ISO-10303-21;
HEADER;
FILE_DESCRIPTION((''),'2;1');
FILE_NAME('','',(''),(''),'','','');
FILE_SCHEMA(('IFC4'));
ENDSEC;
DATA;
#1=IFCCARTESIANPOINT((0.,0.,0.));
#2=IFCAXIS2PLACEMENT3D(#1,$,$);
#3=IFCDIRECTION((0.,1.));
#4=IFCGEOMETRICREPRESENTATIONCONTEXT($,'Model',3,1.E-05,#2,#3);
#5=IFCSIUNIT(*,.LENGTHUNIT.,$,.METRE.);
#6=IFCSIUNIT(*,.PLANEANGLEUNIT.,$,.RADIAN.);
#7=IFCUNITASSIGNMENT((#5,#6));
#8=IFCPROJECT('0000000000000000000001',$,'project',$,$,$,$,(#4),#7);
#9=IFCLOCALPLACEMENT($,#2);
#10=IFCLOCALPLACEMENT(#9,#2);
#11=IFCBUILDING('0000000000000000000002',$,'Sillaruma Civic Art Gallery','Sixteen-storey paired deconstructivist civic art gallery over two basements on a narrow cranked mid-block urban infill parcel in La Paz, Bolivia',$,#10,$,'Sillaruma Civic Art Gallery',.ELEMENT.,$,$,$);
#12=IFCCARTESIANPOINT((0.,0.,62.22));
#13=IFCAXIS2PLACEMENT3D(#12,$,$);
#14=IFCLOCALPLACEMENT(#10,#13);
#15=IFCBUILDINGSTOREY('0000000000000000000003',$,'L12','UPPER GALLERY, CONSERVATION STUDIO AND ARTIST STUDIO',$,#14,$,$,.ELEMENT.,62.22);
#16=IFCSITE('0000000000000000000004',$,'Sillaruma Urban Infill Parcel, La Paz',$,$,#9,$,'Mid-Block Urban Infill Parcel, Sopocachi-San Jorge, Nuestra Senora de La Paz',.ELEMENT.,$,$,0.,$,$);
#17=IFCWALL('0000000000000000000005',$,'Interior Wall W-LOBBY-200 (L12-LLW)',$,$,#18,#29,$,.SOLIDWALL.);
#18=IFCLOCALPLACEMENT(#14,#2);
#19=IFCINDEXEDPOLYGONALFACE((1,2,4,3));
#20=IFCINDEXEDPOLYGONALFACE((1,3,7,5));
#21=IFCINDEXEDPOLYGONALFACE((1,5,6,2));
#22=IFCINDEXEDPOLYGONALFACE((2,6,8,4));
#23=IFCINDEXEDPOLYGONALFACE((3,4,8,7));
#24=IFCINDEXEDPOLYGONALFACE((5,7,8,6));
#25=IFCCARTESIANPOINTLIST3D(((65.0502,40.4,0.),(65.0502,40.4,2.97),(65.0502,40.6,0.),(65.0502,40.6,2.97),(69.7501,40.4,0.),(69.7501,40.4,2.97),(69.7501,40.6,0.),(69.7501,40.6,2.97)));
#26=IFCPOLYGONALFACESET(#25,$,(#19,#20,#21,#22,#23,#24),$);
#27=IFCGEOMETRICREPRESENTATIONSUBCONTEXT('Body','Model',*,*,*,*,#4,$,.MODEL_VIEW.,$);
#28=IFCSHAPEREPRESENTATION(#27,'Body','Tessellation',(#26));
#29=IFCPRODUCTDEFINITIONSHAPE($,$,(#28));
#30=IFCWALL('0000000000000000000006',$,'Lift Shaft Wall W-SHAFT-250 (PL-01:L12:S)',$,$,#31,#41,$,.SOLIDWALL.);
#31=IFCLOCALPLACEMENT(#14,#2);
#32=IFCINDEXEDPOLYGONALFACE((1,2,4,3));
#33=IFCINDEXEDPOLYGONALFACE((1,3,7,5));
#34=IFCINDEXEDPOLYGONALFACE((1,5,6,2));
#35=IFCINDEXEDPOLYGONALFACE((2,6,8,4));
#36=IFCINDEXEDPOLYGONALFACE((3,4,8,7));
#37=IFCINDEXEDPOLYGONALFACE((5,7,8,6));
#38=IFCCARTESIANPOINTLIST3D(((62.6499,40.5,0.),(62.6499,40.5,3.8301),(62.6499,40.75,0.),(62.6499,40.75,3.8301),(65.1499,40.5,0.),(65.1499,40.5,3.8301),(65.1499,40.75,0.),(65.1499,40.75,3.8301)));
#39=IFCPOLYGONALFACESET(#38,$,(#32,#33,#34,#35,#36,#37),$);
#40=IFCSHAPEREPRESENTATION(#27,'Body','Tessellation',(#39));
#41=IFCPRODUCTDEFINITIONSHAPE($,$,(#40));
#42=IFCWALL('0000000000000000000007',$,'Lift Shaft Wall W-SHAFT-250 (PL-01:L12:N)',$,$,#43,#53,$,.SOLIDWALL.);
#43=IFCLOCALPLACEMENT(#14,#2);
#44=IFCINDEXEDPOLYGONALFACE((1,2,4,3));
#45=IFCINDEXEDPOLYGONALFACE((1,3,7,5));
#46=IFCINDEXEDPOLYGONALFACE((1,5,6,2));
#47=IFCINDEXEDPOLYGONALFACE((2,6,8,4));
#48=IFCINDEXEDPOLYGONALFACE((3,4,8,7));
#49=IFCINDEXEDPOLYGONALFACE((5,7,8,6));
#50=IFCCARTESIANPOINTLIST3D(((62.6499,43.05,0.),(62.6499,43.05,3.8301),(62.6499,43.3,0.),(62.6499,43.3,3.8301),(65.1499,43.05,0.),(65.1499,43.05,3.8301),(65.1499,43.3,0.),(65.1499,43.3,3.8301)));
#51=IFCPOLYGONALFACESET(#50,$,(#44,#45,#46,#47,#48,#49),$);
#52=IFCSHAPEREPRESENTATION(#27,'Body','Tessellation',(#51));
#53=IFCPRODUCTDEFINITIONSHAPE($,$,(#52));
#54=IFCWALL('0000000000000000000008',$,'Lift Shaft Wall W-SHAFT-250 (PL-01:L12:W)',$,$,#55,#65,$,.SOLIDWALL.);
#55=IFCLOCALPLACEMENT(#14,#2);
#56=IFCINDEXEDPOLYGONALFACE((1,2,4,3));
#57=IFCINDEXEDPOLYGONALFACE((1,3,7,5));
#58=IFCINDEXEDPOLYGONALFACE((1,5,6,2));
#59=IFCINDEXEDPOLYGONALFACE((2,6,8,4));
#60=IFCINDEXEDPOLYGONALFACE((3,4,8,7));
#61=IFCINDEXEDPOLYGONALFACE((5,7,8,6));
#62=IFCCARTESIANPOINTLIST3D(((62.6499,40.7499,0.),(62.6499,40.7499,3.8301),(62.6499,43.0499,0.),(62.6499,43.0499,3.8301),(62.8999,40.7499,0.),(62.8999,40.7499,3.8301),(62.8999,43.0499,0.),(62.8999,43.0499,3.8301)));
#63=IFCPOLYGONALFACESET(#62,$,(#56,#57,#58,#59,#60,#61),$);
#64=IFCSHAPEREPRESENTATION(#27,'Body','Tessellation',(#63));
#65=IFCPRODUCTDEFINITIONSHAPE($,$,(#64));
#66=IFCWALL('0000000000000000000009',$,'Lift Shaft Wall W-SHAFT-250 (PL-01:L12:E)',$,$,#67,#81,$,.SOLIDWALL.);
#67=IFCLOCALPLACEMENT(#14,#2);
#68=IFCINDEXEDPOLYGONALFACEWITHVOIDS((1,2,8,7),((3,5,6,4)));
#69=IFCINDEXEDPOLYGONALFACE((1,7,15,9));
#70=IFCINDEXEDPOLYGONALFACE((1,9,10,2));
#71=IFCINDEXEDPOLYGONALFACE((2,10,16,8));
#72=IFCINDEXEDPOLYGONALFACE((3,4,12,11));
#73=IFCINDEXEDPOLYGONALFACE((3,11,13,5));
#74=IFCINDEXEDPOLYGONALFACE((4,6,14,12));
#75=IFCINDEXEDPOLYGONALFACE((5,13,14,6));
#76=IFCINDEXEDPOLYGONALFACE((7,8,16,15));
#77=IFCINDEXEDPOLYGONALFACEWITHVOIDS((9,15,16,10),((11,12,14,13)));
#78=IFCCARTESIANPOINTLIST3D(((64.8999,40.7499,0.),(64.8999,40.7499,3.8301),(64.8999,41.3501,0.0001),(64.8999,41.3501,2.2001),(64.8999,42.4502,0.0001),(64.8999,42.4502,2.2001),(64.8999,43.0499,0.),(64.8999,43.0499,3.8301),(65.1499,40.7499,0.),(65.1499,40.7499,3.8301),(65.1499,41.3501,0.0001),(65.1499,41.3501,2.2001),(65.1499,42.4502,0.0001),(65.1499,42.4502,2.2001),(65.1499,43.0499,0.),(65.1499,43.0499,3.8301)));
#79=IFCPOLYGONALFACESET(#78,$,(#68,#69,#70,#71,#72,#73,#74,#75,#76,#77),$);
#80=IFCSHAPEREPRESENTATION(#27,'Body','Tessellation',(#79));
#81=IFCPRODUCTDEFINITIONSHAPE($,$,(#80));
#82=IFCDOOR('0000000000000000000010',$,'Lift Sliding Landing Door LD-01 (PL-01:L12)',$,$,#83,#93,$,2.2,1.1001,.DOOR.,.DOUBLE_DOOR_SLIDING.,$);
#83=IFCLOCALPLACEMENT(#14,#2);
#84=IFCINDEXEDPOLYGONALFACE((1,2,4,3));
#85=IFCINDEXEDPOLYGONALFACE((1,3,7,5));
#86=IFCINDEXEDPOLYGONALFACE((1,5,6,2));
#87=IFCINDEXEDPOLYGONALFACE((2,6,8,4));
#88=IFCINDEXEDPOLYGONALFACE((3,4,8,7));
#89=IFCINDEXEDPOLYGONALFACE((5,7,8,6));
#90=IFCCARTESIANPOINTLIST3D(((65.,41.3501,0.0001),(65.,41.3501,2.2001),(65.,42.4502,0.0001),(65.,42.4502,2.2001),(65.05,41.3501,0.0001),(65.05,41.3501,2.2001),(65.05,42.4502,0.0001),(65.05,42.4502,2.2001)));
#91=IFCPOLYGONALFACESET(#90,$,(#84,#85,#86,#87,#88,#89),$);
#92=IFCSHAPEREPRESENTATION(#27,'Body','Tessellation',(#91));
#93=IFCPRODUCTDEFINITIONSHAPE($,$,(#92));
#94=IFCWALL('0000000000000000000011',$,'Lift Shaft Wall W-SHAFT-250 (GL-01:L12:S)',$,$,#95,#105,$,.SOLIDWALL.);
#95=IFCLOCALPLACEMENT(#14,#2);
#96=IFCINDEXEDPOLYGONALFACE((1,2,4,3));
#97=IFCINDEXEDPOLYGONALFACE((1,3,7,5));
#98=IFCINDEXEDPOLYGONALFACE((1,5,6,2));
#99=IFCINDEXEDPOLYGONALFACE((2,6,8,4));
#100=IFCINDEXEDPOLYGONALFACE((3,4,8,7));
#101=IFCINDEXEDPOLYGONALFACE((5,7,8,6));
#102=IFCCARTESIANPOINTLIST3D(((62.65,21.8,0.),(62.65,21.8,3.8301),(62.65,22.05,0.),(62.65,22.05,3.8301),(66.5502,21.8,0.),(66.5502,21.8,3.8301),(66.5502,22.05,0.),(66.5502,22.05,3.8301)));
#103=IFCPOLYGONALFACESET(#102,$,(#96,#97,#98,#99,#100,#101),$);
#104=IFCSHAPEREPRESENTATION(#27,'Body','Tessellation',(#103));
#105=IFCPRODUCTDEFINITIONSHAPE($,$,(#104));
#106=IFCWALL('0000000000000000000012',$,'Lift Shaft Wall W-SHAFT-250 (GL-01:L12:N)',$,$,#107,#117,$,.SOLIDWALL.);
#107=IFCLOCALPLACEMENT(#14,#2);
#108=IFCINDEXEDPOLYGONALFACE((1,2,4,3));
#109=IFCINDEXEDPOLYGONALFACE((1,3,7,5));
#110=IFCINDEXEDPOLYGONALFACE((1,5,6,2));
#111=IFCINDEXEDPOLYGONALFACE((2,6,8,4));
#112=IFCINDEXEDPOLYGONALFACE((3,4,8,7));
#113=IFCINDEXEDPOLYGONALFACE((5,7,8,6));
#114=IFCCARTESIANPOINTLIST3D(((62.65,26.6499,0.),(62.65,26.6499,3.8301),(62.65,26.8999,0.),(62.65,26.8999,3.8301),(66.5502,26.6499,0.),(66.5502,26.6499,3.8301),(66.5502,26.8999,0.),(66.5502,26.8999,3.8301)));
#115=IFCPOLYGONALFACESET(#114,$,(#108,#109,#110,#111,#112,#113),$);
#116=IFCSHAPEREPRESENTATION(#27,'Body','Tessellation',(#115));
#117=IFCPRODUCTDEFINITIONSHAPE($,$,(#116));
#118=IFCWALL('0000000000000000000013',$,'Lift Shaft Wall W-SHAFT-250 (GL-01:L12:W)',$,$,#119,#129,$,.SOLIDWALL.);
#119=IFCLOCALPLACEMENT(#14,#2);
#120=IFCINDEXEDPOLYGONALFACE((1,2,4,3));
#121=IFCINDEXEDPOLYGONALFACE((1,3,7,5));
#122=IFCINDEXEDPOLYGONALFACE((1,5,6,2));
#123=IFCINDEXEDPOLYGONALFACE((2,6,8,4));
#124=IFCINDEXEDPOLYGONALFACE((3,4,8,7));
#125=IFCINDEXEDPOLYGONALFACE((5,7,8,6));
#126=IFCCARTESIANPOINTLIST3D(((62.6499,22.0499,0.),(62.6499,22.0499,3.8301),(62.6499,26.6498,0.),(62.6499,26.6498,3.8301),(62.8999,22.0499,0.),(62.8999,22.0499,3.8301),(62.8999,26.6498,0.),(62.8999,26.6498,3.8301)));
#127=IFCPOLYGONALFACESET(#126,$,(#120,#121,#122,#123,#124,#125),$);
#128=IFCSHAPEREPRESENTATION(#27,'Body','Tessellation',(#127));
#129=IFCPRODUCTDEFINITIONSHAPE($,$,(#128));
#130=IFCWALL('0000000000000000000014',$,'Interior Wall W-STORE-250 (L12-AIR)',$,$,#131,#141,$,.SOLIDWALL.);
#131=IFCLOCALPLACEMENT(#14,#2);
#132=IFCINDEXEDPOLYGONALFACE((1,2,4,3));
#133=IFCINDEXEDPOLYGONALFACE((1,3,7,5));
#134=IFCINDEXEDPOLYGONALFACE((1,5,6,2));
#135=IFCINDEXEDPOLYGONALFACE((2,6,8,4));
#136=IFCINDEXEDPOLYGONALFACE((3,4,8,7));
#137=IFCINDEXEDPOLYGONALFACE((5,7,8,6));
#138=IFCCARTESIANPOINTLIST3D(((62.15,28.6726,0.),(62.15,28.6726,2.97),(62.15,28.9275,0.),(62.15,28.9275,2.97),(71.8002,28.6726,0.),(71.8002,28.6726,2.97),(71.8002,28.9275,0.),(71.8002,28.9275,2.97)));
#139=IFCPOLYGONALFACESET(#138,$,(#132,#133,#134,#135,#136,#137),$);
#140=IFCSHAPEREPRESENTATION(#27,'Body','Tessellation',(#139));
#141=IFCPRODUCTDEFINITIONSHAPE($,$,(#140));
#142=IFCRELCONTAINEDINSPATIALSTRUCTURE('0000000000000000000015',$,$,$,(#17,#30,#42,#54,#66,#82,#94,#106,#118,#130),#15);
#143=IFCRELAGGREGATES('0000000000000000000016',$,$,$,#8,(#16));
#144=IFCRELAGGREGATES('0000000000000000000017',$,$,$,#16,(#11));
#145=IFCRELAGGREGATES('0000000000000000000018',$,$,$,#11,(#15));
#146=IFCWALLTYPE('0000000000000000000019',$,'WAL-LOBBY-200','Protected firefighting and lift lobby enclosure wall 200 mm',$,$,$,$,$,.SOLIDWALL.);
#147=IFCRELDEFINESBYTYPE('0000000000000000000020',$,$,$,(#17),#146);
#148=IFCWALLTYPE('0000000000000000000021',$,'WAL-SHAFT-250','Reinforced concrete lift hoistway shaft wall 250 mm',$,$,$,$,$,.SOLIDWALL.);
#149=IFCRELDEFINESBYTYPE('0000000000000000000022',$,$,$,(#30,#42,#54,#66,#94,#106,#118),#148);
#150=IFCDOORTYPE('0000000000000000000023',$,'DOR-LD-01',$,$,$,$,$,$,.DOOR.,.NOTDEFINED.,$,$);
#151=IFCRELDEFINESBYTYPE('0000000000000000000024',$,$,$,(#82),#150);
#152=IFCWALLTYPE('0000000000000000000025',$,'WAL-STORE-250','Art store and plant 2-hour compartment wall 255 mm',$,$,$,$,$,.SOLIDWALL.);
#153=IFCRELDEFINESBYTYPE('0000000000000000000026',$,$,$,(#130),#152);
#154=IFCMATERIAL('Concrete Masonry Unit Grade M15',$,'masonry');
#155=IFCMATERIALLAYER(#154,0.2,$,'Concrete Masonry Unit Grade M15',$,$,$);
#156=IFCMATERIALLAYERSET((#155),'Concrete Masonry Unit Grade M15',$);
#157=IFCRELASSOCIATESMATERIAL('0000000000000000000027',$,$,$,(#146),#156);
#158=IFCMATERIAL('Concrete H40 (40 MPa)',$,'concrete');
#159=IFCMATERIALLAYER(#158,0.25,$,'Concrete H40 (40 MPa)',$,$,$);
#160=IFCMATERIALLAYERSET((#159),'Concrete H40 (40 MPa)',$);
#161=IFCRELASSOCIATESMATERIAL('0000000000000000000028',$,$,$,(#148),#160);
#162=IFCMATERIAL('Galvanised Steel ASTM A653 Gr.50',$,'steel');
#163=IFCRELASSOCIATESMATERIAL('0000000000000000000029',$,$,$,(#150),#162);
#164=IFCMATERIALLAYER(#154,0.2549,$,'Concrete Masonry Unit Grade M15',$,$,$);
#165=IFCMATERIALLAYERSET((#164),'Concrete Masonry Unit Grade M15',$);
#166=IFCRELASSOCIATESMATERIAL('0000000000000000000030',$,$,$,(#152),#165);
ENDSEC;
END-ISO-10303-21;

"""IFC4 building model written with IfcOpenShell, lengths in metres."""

from ifc_helpers import new_model, si_unit, direction, frame, frame_2d, origin, place, context, subcontext, project, spatial, rectangle, extrude, material, layer, layer_set, type_object, element, fill, save


model = new_model("IFC4")

# Units and contexts
model_context = context("Model", 3, precision=1e-05, world=origin(), true_north=direction((0.0, 1.0)))
body_context = subcontext(model_context, "Body", "Model", "MODEL_VIEW")
ifc_project = project(units=[si_unit("LENGTHUNIT", "METRE"), si_unit("PLANEANGLEUNIT", "RADIAN")], contexts=[model_context])

# Site, building, storey
site_placement = place(None, origin())
site = spatial("IfcSite", under=ifc_project, at=site_placement, Name="Sillaruma Urban Infill Parcel, La Paz", LongName="Mid-Block Urban Infill Parcel, Sopocachi-San Jorge, Nuestra Senora de La Paz", CompositionType="ELEMENT", RefElevation=0.0)
building_placement = place(site_placement, origin())
building = spatial("IfcBuilding", under=site, at=building_placement, Name="Sillaruma Civic Art Gallery", Description="Sixteen-storey paired deconstructivist civic art gallery over two basements on a narrow cranked mid-block urban infill parcel in La Paz, Bolivia", LongName="Sillaruma Civic Art Gallery", CompositionType="ELEMENT")
storey_placement = place(building_placement, frame((0.0, 0.0, 62.22)))
storey = spatial("IfcBuildingStorey", under=building, at=storey_placement, Name="L12", Description="UPPER GALLERY, CONSERVATION STUDIO AND ARTIST STUDIO", CompositionType="ELEMENT", Elevation=62.22)

# Shared definitions
ifc_material_1 = material(Name="Concrete H40 (40 MPa)", Category="concrete")
ifc_material_2 = material(Name="Galvanised Steel ASTM A653 Gr.50", Category="steel")

# Walls
ifc_material_3 = material(Name="Concrete Masonry Unit Grade M15", Category="masonry")
ifc_layer_1 = layer(ifc_material_3, 0.2, Name="Concrete Masonry Unit Grade M15")
ifc_layer_set_1 = layer_set([ifc_layer_1], Name="Concrete Masonry Unit Grade M15")
wall_type_1 = type_object("IfcWallType", Name="WAL-LOBBY-200", Description="Protected firefighting and lift lobby enclosure wall 200 mm", PredefinedType="SOLIDWALL", material=ifc_layer_set_1)
wall_1_placement = place(storey_placement, frame((65.05, 40.5, 0.0), z_axis=(0.0, 0.0, 1.0), x_axis=(1.0, 0.0, 0.0)))
element("IfcWall", 1, at=wall_1_placement, inside=storey, type_object=wall_type_1, Name="Interior Wall W-LOBBY-200 (L12-LLW)", PredefinedType="SOLIDWALL", context=body_context, shape_type="SweptSolid", body=[
    extrude(rectangle(XDim=4.7, YDim=0.2, at=frame_2d((2.3501, 0.0))), origin(), (0.0, 0.0, 1.0), 2.97),
])
ifc_layer_2 = layer(ifc_material_1, 0.25, Name="Concrete H40 (40 MPa)")
ifc_layer_set_2 = layer_set([ifc_layer_2], Name="Concrete H40 (40 MPa)")
wall_type_2 = type_object("IfcWallType", Name="WAL-SHAFT-250", Description="Reinforced concrete lift hoistway shaft wall 250 mm", PredefinedType="SOLIDWALL", material=ifc_layer_set_2)
for number, where, z_axis, x_axis, name in (
    (2, (62.6499, 40.625, 0.0), (0.0, 0.0, 1.0), (1.0, 0.0, 0.0), "Lift Shaft Wall W-SHAFT-250 (PL-01:L12:S)"),
    (3, (62.6499, 43.175, 0.0), (0.0, 0.0, 1.0), (1.0, 0.0, 0.0), "Lift Shaft Wall W-SHAFT-250 (PL-01:L12:N)"),
):
    element("IfcWall", number, at=place(storey_placement, frame(where, z_axis=z_axis, x_axis=x_axis)), inside=storey, type_object=wall_type_2, Name=name, PredefinedType="SOLIDWALL", context=body_context, shape_type="SweptSolid", body=[
        extrude(rectangle(XDim=2.5, YDim=0.25, at=frame_2d((1.25, 0.0))), origin(), (0.0, 0.0, 1.0), 3.8301),
    ])
wall_2_placement = place(storey_placement, frame((62.7749, 40.75, 0.0), z_axis=(0.0, 0.0, 1.0), x_axis=(0.0, 1.0, 0.0)))
element("IfcWall", 4, at=wall_2_placement, inside=storey, type_object=wall_type_2, Name="Lift Shaft Wall W-SHAFT-250 (PL-01:L12:W)", PredefinedType="SOLIDWALL", context=body_context, shape_type="SweptSolid", body=[
    extrude(rectangle(XDim=2.3, YDim=0.25, at=frame_2d((1.1499, 0.0))), origin(), (0.0, 0.0, 1.0), 3.8301),
])

# Wall, opening, door
wall_3_placement = place(storey_placement, frame((65.0249, 40.75, 0.0), z_axis=(0.0, 0.0, 1.0), x_axis=(0.0, 1.0, 0.0)))
wall_3 = element("IfcWall", 5, at=wall_3_placement, inside=storey, type_object=wall_type_2, Name="Lift Shaft Wall W-SHAFT-250 (PL-01:L12:E)", PredefinedType="SOLIDWALL", context=body_context, shape_type="SweptSolid", body=[
    extrude(rectangle(XDim=2.3, YDim=0.25, at=frame_2d((1.1499, 0.0))), origin(), (0.0, 0.0, 1.0), 3.8301),
])
opening_1_placement = place(wall_3_placement, frame((0.6001, 0.0, 0.0)))
opening_1 = element("IfcOpeningElement", 6, at=opening_1_placement, cuts=wall_3, PredefinedType="OPENING", context=body_context, shape_type="SweptSolid", body=[
    extrude(rectangle(XDim=1.1001, YDim=2.2, at=frame_2d((0.55, 1.1001))), frame((0.0, 0.135, 0.0), z_axis=(0.0, -1.0, 0.0), x_axis=(1.0, 0.0, 0.0)), (0.0, 0.0, 1.0), 0.27),
])
door_type_1 = type_object("IfcDoorType", Name="DOR-LD-01", OperationType="NOTDEFINED", PredefinedType="DOOR", material=ifc_material_2)
door_1_placement = place(opening_1_placement, origin())
door_1 = element("IfcDoor", 7, at=door_1_placement, inside=storey, type_object=door_type_1, Name="Lift Sliding Landing Door LD-01 (PL-01:L12)", OperationType="DOUBLE_DOOR_SLIDING", OverallHeight=2.2, OverallWidth=1.1001, PredefinedType="DOOR", context=body_context, shape_type="SweptSolid", body=[
    extrude(rectangle(XDim=1.1001, YDim=2.2, at=frame_2d((0.55, 1.1001))), frame((0.0, 0.0249, 0.0), z_axis=(0.0, -1.0, 0.0), x_axis=(1.0, 0.0, 0.0)), (0.0, 0.0, 1.0), 0.05),
])
fill(opening_1, door_1)

# Walls
for number, where, z_axis, x_axis, name in (
    (8, (62.6499, 21.925, 0.0), (0.0, 0.0, 1.0), (1.0, 0.0, 0.0), "Lift Shaft Wall W-SHAFT-250 (GL-01:L12:S)"),
    (9, (62.6499, 26.7749, 0.0), (0.0, 0.0, 1.0), (1.0, 0.0, 0.0), "Lift Shaft Wall W-SHAFT-250 (GL-01:L12:N)"),
):
    element("IfcWall", number, at=place(storey_placement, frame(where, z_axis=z_axis, x_axis=x_axis)), inside=storey, type_object=wall_type_2, Name=name, PredefinedType="SOLIDWALL", context=body_context, shape_type="SweptSolid", body=[
        extrude(rectangle(XDim=3.9001, YDim=0.25, at=frame_2d((1.9502, 0.0))), origin(), (0.0, 0.0, 1.0), 3.8301),
    ])
wall_4_placement = place(storey_placement, frame((62.7749, 22.05, 0.0), z_axis=(0.0, 0.0, 1.0), x_axis=(0.0, 1.0, 0.0)))
element("IfcWall", 10, at=wall_4_placement, inside=storey, type_object=wall_type_2, Name="Lift Shaft Wall W-SHAFT-250 (GL-01:L12:W)", PredefinedType="SOLIDWALL", context=body_context, shape_type="SweptSolid", body=[
    extrude(rectangle(XDim=4.5999, YDim=0.25, at=frame_2d((2.2998, 0.0))), origin(), (0.0, 0.0, 1.0), 3.8301),
])

# Wall
ifc_layer_3 = layer(ifc_material_3, 0.2549, Name="Concrete Masonry Unit Grade M15")
ifc_layer_set_3 = layer_set([ifc_layer_3], Name="Concrete Masonry Unit Grade M15")
wall_type_3 = type_object("IfcWallType", Name="WAL-STORE-250", Description="Art store and plant 2-hour compartment wall 255 mm", PredefinedType="SOLIDWALL", material=ifc_layer_set_3)
wall_5_placement = place(storey_placement, frame((62.1499, 28.8, 0.0), z_axis=(0.0, 0.0, 1.0), x_axis=(1.0, 0.0, 0.0)))
element("IfcWall", 11, at=wall_5_placement, inside=storey, type_object=wall_type_3, Name="Interior Wall W-STORE-250 (L12-AIR)", PredefinedType="SOLIDWALL", context=body_context, shape_type="SweptSolid", body=[
    extrude(rectangle(XDim=9.6501, YDim=0.2549, at=frame_2d((4.8252, 0.0))), origin(), (0.0, 0.0, 1.0), 2.97),
])

save(model, "model.ifc")
